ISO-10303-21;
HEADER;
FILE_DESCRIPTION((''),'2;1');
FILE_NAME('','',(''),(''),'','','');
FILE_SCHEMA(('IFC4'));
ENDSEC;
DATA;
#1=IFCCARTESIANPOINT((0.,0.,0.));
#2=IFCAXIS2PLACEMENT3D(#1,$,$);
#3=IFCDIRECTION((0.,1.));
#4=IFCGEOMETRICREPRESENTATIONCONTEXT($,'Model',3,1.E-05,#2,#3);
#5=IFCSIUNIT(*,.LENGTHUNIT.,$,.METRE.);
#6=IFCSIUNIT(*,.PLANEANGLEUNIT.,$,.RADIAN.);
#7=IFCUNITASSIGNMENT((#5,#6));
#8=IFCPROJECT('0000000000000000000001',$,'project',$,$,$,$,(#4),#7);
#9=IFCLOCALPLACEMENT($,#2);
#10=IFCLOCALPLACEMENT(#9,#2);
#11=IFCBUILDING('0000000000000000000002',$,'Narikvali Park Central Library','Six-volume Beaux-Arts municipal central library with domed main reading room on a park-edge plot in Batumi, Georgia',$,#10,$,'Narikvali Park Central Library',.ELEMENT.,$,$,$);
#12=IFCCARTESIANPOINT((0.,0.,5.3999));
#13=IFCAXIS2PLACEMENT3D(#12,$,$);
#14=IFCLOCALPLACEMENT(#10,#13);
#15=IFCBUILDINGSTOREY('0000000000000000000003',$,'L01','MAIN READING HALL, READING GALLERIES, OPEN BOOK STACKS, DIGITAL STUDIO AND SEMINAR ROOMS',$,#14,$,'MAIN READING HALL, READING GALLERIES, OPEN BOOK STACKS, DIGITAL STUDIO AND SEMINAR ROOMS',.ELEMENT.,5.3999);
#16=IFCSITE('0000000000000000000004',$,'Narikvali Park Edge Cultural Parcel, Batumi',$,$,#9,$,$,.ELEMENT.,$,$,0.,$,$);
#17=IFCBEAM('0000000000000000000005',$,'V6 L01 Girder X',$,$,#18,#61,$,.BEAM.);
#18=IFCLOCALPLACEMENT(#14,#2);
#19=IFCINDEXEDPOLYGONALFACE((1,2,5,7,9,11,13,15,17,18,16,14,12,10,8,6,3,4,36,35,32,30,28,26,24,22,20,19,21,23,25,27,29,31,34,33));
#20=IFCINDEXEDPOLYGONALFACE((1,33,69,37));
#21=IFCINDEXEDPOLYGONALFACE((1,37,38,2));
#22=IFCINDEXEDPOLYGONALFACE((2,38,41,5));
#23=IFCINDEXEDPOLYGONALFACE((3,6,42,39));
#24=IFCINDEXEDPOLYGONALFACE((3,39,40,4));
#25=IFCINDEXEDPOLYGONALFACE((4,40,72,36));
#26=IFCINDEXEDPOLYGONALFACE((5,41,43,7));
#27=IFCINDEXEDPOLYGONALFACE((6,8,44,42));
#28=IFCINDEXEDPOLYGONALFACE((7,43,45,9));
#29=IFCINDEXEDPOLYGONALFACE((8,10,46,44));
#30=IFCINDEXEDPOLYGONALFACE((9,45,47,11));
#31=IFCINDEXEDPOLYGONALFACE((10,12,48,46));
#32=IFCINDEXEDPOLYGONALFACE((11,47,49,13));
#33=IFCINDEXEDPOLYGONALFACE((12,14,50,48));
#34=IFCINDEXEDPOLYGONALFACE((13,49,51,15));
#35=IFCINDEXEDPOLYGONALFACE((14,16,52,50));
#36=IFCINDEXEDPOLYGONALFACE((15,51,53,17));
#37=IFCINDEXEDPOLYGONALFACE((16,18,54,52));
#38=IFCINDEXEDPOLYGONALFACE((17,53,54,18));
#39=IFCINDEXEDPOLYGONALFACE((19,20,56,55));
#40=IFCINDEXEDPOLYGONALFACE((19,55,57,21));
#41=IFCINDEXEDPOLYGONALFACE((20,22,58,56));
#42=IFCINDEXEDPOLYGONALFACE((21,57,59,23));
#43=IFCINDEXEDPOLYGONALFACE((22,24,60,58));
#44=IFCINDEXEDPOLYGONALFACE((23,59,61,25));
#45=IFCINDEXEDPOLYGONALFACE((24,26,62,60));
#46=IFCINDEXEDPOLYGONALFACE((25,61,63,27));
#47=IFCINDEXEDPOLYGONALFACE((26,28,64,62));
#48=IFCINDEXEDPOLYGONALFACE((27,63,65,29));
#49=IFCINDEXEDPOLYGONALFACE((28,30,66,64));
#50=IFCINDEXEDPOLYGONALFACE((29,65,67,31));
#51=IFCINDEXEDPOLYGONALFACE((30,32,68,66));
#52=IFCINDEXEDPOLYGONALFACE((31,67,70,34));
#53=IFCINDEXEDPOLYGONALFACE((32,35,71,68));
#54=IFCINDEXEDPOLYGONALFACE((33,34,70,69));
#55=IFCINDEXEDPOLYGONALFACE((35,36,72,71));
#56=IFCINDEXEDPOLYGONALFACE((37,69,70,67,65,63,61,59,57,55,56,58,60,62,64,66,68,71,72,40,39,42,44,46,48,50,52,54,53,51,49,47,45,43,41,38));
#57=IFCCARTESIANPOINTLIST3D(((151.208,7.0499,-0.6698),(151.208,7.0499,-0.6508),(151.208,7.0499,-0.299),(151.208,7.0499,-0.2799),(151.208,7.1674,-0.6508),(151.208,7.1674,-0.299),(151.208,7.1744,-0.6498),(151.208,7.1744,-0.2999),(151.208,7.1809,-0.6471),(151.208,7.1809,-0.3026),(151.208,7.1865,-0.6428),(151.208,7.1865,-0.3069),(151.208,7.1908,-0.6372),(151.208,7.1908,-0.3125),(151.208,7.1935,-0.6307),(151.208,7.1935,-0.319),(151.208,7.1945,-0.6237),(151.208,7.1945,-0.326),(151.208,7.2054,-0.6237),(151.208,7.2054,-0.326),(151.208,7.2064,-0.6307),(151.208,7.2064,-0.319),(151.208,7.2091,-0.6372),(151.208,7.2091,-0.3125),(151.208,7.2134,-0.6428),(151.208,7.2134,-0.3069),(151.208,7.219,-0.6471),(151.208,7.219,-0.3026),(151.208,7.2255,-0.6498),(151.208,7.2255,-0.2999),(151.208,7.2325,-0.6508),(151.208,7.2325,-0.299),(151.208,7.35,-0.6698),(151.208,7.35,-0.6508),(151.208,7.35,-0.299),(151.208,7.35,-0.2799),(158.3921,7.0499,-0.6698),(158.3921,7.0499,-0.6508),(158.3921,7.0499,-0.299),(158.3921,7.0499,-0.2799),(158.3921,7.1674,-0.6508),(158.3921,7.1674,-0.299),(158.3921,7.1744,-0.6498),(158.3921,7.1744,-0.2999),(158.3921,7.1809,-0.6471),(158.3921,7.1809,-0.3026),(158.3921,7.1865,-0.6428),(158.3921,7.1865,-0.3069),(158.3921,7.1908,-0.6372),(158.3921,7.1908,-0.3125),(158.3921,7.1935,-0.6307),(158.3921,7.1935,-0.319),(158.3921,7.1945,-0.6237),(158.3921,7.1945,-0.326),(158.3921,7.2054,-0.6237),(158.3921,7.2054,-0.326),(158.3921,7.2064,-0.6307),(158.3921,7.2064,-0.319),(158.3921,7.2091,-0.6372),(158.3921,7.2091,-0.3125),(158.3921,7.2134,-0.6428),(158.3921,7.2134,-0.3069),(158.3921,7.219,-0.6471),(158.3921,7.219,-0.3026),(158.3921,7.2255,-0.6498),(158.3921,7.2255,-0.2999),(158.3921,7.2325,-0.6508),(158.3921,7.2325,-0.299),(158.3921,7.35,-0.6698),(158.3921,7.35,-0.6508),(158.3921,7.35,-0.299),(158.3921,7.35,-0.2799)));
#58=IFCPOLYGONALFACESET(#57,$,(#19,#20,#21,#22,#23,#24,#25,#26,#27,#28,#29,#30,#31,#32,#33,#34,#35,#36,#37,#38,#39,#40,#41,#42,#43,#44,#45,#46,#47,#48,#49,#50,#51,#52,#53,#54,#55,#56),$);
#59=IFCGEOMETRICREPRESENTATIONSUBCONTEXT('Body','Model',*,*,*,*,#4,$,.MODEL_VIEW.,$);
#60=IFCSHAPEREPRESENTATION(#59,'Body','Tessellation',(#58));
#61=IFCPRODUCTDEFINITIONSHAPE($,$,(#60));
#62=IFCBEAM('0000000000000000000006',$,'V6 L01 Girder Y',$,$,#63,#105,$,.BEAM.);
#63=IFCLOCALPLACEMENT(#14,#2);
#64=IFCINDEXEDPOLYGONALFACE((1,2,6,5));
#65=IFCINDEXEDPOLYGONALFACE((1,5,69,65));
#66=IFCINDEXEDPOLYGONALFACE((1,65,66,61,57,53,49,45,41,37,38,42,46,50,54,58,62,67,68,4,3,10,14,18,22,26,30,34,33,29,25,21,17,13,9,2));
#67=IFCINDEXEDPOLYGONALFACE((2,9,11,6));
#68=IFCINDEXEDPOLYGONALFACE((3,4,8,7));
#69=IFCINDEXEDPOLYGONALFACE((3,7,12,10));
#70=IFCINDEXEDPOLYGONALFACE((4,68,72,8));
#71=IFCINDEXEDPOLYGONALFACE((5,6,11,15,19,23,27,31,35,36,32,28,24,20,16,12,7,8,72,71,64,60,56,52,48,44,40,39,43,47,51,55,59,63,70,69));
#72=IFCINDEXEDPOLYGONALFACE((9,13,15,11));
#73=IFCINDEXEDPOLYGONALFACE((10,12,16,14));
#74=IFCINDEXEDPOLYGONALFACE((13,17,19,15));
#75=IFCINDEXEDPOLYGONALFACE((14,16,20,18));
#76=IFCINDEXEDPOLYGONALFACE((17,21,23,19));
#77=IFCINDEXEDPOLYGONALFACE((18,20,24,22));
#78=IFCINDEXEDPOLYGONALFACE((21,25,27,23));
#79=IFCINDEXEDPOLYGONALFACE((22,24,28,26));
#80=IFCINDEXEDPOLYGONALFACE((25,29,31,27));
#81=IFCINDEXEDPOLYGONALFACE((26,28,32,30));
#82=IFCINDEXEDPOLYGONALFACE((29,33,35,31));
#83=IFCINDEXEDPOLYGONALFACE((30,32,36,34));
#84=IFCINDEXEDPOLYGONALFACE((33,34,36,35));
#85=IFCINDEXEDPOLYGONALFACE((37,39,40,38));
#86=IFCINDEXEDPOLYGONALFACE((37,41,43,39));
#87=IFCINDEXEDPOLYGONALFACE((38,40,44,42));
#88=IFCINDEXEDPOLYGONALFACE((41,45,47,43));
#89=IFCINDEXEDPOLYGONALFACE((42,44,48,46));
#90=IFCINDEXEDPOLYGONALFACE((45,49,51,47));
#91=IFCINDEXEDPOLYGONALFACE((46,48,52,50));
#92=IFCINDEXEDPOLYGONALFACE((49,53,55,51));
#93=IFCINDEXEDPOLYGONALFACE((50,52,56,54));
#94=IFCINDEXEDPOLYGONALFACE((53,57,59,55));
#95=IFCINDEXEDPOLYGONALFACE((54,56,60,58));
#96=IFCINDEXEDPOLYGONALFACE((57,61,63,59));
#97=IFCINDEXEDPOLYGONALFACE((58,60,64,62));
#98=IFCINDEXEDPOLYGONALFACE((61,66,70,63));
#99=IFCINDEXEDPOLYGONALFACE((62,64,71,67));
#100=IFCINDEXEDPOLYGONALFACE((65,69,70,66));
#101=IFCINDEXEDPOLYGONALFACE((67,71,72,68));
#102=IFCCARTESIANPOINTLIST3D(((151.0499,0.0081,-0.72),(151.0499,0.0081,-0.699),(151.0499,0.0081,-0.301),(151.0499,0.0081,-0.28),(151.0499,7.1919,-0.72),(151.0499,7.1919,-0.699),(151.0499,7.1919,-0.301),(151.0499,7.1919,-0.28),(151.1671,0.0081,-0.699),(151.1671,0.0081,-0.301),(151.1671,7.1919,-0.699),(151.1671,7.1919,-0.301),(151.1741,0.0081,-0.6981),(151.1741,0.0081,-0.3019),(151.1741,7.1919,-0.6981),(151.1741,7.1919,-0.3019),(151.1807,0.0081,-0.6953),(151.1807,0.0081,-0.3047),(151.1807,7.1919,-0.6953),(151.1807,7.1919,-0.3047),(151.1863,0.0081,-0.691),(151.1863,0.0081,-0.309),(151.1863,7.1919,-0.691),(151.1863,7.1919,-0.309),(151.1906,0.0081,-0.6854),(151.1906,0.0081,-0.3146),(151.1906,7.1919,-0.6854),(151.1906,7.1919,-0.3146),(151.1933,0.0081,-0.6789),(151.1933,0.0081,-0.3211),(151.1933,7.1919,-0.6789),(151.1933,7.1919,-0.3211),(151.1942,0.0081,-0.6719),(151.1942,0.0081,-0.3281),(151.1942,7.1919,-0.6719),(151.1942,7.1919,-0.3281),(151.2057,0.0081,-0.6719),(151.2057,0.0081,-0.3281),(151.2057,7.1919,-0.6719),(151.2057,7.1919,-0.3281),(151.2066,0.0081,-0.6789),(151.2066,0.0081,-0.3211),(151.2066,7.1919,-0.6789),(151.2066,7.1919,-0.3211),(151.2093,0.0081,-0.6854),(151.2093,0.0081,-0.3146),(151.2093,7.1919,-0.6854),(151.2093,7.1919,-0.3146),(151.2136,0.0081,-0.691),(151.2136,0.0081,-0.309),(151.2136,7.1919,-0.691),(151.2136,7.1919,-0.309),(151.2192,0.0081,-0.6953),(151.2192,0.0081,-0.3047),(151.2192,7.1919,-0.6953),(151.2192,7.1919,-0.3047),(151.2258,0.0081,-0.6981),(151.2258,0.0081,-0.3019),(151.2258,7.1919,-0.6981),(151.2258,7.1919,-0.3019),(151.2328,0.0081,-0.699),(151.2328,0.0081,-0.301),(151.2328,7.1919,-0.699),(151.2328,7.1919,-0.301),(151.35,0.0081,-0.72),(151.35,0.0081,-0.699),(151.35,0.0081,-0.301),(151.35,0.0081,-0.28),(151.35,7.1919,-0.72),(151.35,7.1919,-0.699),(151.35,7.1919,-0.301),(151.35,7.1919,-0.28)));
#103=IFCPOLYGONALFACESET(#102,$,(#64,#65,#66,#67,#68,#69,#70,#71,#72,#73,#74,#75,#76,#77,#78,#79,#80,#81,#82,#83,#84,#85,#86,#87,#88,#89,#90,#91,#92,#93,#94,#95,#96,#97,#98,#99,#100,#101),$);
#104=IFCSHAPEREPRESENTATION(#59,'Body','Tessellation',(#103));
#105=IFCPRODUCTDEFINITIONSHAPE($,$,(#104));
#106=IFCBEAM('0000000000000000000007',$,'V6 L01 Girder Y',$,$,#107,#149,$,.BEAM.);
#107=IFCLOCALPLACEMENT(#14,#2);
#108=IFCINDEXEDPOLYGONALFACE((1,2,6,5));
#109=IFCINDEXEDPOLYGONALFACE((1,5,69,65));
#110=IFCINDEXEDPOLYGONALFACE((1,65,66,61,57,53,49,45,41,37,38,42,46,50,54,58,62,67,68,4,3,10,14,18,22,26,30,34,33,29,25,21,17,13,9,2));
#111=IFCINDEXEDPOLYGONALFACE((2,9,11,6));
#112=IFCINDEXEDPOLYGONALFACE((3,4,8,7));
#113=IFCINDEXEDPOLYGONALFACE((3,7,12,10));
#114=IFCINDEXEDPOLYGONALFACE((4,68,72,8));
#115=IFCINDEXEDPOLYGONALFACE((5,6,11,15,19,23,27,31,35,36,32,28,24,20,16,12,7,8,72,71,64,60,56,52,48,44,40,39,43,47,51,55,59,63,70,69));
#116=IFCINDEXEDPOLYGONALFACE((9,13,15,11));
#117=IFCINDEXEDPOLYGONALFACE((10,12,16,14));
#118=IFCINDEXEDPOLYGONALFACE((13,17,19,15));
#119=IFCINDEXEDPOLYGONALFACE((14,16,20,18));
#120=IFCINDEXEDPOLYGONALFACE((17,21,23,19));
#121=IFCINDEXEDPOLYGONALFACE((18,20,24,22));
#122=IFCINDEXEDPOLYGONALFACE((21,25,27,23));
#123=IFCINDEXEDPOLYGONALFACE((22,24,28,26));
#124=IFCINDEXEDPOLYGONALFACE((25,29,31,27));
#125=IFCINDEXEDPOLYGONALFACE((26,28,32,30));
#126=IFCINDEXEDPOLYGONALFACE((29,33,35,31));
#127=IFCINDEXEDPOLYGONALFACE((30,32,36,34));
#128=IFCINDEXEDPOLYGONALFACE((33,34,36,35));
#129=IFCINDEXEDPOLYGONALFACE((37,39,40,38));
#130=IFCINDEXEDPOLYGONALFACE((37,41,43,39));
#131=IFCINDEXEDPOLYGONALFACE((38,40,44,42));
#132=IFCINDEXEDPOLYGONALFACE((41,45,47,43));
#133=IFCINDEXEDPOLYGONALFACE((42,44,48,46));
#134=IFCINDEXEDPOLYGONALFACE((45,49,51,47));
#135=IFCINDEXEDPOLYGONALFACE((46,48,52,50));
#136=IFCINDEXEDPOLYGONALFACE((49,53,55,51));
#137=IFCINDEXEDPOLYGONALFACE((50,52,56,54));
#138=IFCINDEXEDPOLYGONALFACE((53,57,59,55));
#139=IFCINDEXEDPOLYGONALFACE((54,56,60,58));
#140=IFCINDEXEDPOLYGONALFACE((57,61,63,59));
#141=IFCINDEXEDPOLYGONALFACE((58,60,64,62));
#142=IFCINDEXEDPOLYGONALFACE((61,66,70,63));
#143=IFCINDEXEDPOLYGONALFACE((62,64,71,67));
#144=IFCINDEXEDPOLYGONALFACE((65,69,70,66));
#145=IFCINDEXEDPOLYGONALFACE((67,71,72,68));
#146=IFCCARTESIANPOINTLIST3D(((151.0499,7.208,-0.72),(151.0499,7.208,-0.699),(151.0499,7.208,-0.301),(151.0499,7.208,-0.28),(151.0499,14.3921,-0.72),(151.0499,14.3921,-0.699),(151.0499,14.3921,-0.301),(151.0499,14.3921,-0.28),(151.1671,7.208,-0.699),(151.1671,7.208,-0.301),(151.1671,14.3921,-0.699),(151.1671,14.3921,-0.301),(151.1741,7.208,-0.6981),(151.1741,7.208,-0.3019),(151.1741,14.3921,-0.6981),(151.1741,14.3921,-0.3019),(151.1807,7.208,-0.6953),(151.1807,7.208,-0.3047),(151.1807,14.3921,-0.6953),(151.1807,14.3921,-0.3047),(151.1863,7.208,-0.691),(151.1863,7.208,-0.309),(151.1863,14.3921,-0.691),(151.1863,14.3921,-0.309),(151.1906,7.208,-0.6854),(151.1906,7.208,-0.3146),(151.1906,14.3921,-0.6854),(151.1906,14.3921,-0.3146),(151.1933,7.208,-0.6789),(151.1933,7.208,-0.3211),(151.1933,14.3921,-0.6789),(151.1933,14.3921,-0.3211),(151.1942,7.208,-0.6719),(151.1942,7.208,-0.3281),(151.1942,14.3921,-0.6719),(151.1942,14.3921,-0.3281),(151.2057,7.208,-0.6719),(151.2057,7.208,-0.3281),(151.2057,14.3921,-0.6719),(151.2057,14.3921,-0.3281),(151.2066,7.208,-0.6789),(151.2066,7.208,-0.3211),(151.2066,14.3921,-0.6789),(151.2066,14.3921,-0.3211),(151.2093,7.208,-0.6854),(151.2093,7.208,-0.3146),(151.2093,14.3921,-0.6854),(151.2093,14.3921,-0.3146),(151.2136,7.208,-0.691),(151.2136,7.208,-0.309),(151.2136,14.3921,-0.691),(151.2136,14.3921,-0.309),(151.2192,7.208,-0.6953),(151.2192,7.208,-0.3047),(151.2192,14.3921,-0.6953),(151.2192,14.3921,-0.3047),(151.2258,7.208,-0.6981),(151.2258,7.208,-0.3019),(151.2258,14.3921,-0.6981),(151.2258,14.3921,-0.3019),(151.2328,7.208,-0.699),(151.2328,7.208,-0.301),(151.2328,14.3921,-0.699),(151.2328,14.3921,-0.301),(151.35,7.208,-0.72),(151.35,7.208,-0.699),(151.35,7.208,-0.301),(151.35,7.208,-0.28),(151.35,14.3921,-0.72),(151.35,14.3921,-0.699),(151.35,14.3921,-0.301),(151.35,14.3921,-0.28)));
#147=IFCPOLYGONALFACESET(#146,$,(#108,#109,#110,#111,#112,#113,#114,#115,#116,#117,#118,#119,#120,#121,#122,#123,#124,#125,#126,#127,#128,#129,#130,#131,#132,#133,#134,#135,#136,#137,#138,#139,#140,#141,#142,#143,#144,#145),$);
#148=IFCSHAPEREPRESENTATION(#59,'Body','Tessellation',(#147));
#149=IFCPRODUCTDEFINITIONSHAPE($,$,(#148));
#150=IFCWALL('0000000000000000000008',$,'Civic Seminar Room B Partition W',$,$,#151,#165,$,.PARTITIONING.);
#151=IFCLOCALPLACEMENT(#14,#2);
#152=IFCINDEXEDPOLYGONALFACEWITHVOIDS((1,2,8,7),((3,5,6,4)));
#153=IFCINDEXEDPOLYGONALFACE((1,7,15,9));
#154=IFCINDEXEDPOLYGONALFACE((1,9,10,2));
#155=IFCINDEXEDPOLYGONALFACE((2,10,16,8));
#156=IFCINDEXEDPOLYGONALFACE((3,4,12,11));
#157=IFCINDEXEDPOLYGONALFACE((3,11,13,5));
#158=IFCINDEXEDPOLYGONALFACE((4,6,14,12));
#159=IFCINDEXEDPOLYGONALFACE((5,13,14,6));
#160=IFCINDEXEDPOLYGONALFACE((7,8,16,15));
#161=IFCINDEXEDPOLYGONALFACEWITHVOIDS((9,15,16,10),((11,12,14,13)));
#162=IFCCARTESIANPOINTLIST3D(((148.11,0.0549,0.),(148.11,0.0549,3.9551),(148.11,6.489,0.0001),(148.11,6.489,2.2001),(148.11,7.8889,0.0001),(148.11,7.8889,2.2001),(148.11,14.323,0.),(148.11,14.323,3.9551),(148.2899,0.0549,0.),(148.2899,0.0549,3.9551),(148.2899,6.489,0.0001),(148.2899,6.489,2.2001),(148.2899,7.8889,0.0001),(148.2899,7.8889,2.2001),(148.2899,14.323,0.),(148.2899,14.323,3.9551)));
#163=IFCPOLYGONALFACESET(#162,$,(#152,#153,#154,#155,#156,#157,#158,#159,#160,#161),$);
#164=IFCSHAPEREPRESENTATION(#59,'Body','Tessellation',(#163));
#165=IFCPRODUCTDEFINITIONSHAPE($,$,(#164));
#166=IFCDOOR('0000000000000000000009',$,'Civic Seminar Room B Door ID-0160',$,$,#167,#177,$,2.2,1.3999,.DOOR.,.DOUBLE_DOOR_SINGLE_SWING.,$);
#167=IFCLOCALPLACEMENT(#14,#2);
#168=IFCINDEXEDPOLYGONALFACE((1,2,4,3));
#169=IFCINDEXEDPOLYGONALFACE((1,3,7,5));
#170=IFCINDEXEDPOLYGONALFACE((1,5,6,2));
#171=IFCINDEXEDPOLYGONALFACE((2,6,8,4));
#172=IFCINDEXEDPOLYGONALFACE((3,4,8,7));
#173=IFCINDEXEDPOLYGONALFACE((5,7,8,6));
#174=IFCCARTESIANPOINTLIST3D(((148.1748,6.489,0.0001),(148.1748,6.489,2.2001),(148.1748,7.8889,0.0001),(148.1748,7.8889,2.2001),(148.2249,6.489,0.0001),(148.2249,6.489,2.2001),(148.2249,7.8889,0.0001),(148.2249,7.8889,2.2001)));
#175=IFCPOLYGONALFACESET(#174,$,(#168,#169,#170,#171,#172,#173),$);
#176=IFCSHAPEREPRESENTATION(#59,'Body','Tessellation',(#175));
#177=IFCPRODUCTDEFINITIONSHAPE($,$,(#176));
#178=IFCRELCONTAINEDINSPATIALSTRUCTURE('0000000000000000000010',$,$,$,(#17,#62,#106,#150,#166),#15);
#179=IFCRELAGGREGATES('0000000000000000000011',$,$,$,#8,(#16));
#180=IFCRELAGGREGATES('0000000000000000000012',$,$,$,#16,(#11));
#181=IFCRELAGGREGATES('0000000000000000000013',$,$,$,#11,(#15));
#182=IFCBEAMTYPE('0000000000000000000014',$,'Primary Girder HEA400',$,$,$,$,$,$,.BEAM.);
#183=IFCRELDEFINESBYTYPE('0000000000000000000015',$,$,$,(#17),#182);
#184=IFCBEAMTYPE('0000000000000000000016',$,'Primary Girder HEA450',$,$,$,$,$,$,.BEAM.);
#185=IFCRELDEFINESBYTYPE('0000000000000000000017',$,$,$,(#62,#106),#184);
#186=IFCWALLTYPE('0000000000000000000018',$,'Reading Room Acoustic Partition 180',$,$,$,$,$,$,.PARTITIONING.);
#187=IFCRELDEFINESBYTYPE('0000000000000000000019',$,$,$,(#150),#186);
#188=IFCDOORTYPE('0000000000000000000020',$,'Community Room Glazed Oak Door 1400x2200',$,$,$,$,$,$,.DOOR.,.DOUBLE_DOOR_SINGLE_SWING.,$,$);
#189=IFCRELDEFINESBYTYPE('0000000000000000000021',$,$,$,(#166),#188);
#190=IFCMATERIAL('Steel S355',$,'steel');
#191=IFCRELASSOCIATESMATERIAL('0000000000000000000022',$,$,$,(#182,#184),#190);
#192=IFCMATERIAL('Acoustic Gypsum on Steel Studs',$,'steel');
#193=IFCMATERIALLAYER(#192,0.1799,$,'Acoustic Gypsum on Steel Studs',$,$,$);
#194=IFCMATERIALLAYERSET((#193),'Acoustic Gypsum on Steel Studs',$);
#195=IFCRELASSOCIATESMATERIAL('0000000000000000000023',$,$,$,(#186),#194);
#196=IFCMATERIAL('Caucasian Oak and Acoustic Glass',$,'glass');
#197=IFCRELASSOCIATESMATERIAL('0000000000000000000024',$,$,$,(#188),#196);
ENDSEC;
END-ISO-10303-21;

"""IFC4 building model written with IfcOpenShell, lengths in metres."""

from ifc_helpers import new_model, si_unit, direction, frame, frame_2d, origin, origin_2d, place, context, subcontext, project, spatial, rectangle, i_section, extrude, material, layer, layer_set, material_profile, profile_set, type_object, element, fill, save


model = new_model("IFC4")

# Units and contexts
model_context = context("Model", 3, precision=1e-05, world=origin(), true_north=direction((0.0, 1.0)))
body_context = subcontext(model_context, "Body", "Model", "MODEL_VIEW")
ifc_project = project(units=[si_unit("LENGTHUNIT", "METRE"), si_unit("PLANEANGLEUNIT", "RADIAN")], contexts=[model_context])

# Site, building, storey
site_placement = place(None, origin())
site = spatial("IfcSite", under=ifc_project, at=site_placement, Name="Narikvali Park Edge Cultural Parcel, Batumi", CompositionType="ELEMENT", RefElevation=0.0)
building_placement = place(site_placement, origin())
building = spatial("IfcBuilding", under=site, at=building_placement, Name="Narikvali Park Central Library", Description="Six-volume Beaux-Arts municipal central library with domed main reading room on a park-edge plot in Batumi, Georgia", LongName="Narikvali Park Central Library", CompositionType="ELEMENT")
storey_placement = place(building_placement, frame((0.0, 0.0, 5.3999)))
storey = spatial("IfcBuildingStorey", under=building, at=storey_placement, Name="L01", Description="MAIN READING HALL, READING GALLERIES, OPEN BOOK STACKS, DIGITAL STUDIO AND SEMINAR ROOMS", LongName="MAIN READING HALL, READING GALLERIES, OPEN BOOK STACKS, DIGITAL STUDIO AND SEMINAR ROOMS", CompositionType="ELEMENT", Elevation=5.3999)

# Shared definitions
ifc_material_1 = material(Name="Steel S355", Category="steel")

# Beams
ifc_material_profile_1 = material_profile(ifc_material_1, i_section(OverallWidth=0.3, OverallDepth=0.3899, WebThickness=0.011, FlangeThickness=0.019, FilletRadius=0.0271, at=origin_2d()), Name="HEA 400")
ifc_profile_set_1 = profile_set([ifc_material_profile_1], Name="Steel S355")
beam_type_1 = type_object("IfcBeamType", Name="Primary Girder HEA400", PredefinedType="BEAM", material=ifc_profile_set_1)
beam_1_placement = place(storey_placement, frame((151.208, 7.2, -0.4749), z_axis=(1.0, 0.0, 0.0), x_axis=(0.0, 1.0, 0.0)))
element("IfcBeam", 1, at=beam_1_placement, inside=storey, type_object=beam_type_1, Name="V6 L01 Girder X", PredefinedType="BEAM", context=body_context, shape_type="SweptSolid", body=[
    extrude(i_section(OverallWidth=0.3, OverallDepth=0.3899, WebThickness=0.011, FlangeThickness=0.019, FilletRadius=0.0271, at=origin_2d()), origin(), (0.0, 0.0, 1.0), 7.1841),
])
ifc_material_profile_2 = material_profile(ifc_material_1, i_section(OverallWidth=0.3, OverallDepth=0.4399, WebThickness=0.0115, FlangeThickness=0.021, FilletRadius=0.0271, at=origin_2d()), Name="HEA 450")
ifc_profile_set_2 = profile_set([ifc_material_profile_2], Name="Steel S355")
beam_type_2 = type_object("IfcBeamType", Name="Primary Girder HEA450", PredefinedType="BEAM", material=ifc_profile_set_2)
beam_2_placement = place(storey_placement, frame((151.2, 0.0081, -0.5), z_axis=(0.0, 1.0, 0.0), x_axis=(-1.0, 0.0, 0.0)))
element("IfcBeam", 2, at=beam_2_placement, inside=storey, type_object=beam_type_2, Name="V6 L01 Girder Y", PredefinedType="BEAM", context=body_context, shape_type="SweptSolid", body=[
    extrude(i_section(OverallWidth=0.3, OverallDepth=0.4399, WebThickness=0.0115, FlangeThickness=0.021, FilletRadius=0.0271, at=origin_2d()), origin(), (0.0, 0.0, 1.0), 7.1838),
])
beam_3_placement = place(storey_placement, frame((151.2, 7.208, -0.5), z_axis=(0.0, 1.0, 0.0), x_axis=(-1.0, 0.0, 0.0)))
element("IfcBeam", 3, at=beam_3_placement, inside=storey, type_object=beam_type_2, Name="V6 L01 Girder Y", PredefinedType="BEAM", context=body_context, shape_type="SweptSolid", body=[
    extrude(i_section(OverallWidth=0.3, OverallDepth=0.4399, WebThickness=0.0115, FlangeThickness=0.021, FilletRadius=0.0271, at=origin_2d()), origin(), (0.0, 0.0, 1.0), 7.1841),
])

# Wall, opening, door
ifc_material_2 = material(Name="Acoustic Gypsum on Steel Studs", Category="steel")
ifc_layer_1 = layer(ifc_material_2, 0.1799, Name="Acoustic Gypsum on Steel Studs")
ifc_layer_set_1 = layer_set([ifc_layer_1], Name="Acoustic Gypsum on Steel Studs")
wall_type_1 = type_object("IfcWallType", Name="Reading Room Acoustic Partition 180", PredefinedType="PARTITIONING", material=ifc_layer_set_1)
wall_1_placement = place(storey_placement, frame((148.2, 0.0549, 0.0), z_axis=(0.0, 0.0, 1.0), x_axis=(0.0, 1.0, 0.0)))
wall_1 = element("IfcWall", 4, at=wall_1_placement, inside=storey, type_object=wall_type_1, Name="Civic Seminar Room B Partition W", PredefinedType="PARTITIONING", context=body_context, shape_type="SweptSolid", body=[
    extrude(rectangle(XDim=14.2681, YDim=0.1799, at=frame_2d((7.134, 0.0))), origin(), (0.0, 0.0, 1.0), 3.9551),
])
opening_1_placement = place(wall_1_placement, frame((6.4341, 0.0, 0.0)))
opening_1 = element("IfcOpeningElement", 5, at=opening_1_placement, cuts=wall_1, PredefinedType="OPENING", context=body_context, shape_type="SweptSolid", body=[
    extrude(rectangle(XDim=1.3999, YDim=2.2, at=frame_2d((0.7, 1.1001))), frame((0.0, 0.1021, 0.0), z_axis=(0.0, -1.0, 0.0), x_axis=(1.0, 0.0, 0.0)), (0.0, 0.0, 1.0), 0.2039),
])
ifc_material_3 = material(Name="Caucasian Oak and Acoustic Glass", Category="glass")
door_type = type_object("IfcDoorType", Name="Community Room Glazed Oak Door 1400x2200", OperationType="DOUBLE_DOOR_SINGLE_SWING", PredefinedType="DOOR", material=ifc_material_3)
door_placement = place(opening_1_placement, frame((1.3999, 0.0, 0.0), z_axis=(0.0, 0.0, 1.0), x_axis=(-1.0, 0.0, 0.0)))
door = element("IfcDoor", 6, at=door_placement, inside=storey, type_object=door_type, Name="Civic Seminar Room B Door ID-0160", OperationType="DOUBLE_DOOR_SINGLE_SWING", OverallHeight=2.2, OverallWidth=1.3999, PredefinedType="DOOR", context=body_context, shape_type="SweptSolid", body=[
    extrude(rectangle(XDim=1.3999, YDim=2.2, at=frame_2d((0.7, 1.1001))), frame((0.0, 0.0249, 0.0), z_axis=(0.0, -1.0, 0.0), x_axis=(1.0, 0.0, 0.0)), (0.0, 0.0, 1.0), 0.05),
])
fill(opening_1, door)

save(model, "model.ifc")
